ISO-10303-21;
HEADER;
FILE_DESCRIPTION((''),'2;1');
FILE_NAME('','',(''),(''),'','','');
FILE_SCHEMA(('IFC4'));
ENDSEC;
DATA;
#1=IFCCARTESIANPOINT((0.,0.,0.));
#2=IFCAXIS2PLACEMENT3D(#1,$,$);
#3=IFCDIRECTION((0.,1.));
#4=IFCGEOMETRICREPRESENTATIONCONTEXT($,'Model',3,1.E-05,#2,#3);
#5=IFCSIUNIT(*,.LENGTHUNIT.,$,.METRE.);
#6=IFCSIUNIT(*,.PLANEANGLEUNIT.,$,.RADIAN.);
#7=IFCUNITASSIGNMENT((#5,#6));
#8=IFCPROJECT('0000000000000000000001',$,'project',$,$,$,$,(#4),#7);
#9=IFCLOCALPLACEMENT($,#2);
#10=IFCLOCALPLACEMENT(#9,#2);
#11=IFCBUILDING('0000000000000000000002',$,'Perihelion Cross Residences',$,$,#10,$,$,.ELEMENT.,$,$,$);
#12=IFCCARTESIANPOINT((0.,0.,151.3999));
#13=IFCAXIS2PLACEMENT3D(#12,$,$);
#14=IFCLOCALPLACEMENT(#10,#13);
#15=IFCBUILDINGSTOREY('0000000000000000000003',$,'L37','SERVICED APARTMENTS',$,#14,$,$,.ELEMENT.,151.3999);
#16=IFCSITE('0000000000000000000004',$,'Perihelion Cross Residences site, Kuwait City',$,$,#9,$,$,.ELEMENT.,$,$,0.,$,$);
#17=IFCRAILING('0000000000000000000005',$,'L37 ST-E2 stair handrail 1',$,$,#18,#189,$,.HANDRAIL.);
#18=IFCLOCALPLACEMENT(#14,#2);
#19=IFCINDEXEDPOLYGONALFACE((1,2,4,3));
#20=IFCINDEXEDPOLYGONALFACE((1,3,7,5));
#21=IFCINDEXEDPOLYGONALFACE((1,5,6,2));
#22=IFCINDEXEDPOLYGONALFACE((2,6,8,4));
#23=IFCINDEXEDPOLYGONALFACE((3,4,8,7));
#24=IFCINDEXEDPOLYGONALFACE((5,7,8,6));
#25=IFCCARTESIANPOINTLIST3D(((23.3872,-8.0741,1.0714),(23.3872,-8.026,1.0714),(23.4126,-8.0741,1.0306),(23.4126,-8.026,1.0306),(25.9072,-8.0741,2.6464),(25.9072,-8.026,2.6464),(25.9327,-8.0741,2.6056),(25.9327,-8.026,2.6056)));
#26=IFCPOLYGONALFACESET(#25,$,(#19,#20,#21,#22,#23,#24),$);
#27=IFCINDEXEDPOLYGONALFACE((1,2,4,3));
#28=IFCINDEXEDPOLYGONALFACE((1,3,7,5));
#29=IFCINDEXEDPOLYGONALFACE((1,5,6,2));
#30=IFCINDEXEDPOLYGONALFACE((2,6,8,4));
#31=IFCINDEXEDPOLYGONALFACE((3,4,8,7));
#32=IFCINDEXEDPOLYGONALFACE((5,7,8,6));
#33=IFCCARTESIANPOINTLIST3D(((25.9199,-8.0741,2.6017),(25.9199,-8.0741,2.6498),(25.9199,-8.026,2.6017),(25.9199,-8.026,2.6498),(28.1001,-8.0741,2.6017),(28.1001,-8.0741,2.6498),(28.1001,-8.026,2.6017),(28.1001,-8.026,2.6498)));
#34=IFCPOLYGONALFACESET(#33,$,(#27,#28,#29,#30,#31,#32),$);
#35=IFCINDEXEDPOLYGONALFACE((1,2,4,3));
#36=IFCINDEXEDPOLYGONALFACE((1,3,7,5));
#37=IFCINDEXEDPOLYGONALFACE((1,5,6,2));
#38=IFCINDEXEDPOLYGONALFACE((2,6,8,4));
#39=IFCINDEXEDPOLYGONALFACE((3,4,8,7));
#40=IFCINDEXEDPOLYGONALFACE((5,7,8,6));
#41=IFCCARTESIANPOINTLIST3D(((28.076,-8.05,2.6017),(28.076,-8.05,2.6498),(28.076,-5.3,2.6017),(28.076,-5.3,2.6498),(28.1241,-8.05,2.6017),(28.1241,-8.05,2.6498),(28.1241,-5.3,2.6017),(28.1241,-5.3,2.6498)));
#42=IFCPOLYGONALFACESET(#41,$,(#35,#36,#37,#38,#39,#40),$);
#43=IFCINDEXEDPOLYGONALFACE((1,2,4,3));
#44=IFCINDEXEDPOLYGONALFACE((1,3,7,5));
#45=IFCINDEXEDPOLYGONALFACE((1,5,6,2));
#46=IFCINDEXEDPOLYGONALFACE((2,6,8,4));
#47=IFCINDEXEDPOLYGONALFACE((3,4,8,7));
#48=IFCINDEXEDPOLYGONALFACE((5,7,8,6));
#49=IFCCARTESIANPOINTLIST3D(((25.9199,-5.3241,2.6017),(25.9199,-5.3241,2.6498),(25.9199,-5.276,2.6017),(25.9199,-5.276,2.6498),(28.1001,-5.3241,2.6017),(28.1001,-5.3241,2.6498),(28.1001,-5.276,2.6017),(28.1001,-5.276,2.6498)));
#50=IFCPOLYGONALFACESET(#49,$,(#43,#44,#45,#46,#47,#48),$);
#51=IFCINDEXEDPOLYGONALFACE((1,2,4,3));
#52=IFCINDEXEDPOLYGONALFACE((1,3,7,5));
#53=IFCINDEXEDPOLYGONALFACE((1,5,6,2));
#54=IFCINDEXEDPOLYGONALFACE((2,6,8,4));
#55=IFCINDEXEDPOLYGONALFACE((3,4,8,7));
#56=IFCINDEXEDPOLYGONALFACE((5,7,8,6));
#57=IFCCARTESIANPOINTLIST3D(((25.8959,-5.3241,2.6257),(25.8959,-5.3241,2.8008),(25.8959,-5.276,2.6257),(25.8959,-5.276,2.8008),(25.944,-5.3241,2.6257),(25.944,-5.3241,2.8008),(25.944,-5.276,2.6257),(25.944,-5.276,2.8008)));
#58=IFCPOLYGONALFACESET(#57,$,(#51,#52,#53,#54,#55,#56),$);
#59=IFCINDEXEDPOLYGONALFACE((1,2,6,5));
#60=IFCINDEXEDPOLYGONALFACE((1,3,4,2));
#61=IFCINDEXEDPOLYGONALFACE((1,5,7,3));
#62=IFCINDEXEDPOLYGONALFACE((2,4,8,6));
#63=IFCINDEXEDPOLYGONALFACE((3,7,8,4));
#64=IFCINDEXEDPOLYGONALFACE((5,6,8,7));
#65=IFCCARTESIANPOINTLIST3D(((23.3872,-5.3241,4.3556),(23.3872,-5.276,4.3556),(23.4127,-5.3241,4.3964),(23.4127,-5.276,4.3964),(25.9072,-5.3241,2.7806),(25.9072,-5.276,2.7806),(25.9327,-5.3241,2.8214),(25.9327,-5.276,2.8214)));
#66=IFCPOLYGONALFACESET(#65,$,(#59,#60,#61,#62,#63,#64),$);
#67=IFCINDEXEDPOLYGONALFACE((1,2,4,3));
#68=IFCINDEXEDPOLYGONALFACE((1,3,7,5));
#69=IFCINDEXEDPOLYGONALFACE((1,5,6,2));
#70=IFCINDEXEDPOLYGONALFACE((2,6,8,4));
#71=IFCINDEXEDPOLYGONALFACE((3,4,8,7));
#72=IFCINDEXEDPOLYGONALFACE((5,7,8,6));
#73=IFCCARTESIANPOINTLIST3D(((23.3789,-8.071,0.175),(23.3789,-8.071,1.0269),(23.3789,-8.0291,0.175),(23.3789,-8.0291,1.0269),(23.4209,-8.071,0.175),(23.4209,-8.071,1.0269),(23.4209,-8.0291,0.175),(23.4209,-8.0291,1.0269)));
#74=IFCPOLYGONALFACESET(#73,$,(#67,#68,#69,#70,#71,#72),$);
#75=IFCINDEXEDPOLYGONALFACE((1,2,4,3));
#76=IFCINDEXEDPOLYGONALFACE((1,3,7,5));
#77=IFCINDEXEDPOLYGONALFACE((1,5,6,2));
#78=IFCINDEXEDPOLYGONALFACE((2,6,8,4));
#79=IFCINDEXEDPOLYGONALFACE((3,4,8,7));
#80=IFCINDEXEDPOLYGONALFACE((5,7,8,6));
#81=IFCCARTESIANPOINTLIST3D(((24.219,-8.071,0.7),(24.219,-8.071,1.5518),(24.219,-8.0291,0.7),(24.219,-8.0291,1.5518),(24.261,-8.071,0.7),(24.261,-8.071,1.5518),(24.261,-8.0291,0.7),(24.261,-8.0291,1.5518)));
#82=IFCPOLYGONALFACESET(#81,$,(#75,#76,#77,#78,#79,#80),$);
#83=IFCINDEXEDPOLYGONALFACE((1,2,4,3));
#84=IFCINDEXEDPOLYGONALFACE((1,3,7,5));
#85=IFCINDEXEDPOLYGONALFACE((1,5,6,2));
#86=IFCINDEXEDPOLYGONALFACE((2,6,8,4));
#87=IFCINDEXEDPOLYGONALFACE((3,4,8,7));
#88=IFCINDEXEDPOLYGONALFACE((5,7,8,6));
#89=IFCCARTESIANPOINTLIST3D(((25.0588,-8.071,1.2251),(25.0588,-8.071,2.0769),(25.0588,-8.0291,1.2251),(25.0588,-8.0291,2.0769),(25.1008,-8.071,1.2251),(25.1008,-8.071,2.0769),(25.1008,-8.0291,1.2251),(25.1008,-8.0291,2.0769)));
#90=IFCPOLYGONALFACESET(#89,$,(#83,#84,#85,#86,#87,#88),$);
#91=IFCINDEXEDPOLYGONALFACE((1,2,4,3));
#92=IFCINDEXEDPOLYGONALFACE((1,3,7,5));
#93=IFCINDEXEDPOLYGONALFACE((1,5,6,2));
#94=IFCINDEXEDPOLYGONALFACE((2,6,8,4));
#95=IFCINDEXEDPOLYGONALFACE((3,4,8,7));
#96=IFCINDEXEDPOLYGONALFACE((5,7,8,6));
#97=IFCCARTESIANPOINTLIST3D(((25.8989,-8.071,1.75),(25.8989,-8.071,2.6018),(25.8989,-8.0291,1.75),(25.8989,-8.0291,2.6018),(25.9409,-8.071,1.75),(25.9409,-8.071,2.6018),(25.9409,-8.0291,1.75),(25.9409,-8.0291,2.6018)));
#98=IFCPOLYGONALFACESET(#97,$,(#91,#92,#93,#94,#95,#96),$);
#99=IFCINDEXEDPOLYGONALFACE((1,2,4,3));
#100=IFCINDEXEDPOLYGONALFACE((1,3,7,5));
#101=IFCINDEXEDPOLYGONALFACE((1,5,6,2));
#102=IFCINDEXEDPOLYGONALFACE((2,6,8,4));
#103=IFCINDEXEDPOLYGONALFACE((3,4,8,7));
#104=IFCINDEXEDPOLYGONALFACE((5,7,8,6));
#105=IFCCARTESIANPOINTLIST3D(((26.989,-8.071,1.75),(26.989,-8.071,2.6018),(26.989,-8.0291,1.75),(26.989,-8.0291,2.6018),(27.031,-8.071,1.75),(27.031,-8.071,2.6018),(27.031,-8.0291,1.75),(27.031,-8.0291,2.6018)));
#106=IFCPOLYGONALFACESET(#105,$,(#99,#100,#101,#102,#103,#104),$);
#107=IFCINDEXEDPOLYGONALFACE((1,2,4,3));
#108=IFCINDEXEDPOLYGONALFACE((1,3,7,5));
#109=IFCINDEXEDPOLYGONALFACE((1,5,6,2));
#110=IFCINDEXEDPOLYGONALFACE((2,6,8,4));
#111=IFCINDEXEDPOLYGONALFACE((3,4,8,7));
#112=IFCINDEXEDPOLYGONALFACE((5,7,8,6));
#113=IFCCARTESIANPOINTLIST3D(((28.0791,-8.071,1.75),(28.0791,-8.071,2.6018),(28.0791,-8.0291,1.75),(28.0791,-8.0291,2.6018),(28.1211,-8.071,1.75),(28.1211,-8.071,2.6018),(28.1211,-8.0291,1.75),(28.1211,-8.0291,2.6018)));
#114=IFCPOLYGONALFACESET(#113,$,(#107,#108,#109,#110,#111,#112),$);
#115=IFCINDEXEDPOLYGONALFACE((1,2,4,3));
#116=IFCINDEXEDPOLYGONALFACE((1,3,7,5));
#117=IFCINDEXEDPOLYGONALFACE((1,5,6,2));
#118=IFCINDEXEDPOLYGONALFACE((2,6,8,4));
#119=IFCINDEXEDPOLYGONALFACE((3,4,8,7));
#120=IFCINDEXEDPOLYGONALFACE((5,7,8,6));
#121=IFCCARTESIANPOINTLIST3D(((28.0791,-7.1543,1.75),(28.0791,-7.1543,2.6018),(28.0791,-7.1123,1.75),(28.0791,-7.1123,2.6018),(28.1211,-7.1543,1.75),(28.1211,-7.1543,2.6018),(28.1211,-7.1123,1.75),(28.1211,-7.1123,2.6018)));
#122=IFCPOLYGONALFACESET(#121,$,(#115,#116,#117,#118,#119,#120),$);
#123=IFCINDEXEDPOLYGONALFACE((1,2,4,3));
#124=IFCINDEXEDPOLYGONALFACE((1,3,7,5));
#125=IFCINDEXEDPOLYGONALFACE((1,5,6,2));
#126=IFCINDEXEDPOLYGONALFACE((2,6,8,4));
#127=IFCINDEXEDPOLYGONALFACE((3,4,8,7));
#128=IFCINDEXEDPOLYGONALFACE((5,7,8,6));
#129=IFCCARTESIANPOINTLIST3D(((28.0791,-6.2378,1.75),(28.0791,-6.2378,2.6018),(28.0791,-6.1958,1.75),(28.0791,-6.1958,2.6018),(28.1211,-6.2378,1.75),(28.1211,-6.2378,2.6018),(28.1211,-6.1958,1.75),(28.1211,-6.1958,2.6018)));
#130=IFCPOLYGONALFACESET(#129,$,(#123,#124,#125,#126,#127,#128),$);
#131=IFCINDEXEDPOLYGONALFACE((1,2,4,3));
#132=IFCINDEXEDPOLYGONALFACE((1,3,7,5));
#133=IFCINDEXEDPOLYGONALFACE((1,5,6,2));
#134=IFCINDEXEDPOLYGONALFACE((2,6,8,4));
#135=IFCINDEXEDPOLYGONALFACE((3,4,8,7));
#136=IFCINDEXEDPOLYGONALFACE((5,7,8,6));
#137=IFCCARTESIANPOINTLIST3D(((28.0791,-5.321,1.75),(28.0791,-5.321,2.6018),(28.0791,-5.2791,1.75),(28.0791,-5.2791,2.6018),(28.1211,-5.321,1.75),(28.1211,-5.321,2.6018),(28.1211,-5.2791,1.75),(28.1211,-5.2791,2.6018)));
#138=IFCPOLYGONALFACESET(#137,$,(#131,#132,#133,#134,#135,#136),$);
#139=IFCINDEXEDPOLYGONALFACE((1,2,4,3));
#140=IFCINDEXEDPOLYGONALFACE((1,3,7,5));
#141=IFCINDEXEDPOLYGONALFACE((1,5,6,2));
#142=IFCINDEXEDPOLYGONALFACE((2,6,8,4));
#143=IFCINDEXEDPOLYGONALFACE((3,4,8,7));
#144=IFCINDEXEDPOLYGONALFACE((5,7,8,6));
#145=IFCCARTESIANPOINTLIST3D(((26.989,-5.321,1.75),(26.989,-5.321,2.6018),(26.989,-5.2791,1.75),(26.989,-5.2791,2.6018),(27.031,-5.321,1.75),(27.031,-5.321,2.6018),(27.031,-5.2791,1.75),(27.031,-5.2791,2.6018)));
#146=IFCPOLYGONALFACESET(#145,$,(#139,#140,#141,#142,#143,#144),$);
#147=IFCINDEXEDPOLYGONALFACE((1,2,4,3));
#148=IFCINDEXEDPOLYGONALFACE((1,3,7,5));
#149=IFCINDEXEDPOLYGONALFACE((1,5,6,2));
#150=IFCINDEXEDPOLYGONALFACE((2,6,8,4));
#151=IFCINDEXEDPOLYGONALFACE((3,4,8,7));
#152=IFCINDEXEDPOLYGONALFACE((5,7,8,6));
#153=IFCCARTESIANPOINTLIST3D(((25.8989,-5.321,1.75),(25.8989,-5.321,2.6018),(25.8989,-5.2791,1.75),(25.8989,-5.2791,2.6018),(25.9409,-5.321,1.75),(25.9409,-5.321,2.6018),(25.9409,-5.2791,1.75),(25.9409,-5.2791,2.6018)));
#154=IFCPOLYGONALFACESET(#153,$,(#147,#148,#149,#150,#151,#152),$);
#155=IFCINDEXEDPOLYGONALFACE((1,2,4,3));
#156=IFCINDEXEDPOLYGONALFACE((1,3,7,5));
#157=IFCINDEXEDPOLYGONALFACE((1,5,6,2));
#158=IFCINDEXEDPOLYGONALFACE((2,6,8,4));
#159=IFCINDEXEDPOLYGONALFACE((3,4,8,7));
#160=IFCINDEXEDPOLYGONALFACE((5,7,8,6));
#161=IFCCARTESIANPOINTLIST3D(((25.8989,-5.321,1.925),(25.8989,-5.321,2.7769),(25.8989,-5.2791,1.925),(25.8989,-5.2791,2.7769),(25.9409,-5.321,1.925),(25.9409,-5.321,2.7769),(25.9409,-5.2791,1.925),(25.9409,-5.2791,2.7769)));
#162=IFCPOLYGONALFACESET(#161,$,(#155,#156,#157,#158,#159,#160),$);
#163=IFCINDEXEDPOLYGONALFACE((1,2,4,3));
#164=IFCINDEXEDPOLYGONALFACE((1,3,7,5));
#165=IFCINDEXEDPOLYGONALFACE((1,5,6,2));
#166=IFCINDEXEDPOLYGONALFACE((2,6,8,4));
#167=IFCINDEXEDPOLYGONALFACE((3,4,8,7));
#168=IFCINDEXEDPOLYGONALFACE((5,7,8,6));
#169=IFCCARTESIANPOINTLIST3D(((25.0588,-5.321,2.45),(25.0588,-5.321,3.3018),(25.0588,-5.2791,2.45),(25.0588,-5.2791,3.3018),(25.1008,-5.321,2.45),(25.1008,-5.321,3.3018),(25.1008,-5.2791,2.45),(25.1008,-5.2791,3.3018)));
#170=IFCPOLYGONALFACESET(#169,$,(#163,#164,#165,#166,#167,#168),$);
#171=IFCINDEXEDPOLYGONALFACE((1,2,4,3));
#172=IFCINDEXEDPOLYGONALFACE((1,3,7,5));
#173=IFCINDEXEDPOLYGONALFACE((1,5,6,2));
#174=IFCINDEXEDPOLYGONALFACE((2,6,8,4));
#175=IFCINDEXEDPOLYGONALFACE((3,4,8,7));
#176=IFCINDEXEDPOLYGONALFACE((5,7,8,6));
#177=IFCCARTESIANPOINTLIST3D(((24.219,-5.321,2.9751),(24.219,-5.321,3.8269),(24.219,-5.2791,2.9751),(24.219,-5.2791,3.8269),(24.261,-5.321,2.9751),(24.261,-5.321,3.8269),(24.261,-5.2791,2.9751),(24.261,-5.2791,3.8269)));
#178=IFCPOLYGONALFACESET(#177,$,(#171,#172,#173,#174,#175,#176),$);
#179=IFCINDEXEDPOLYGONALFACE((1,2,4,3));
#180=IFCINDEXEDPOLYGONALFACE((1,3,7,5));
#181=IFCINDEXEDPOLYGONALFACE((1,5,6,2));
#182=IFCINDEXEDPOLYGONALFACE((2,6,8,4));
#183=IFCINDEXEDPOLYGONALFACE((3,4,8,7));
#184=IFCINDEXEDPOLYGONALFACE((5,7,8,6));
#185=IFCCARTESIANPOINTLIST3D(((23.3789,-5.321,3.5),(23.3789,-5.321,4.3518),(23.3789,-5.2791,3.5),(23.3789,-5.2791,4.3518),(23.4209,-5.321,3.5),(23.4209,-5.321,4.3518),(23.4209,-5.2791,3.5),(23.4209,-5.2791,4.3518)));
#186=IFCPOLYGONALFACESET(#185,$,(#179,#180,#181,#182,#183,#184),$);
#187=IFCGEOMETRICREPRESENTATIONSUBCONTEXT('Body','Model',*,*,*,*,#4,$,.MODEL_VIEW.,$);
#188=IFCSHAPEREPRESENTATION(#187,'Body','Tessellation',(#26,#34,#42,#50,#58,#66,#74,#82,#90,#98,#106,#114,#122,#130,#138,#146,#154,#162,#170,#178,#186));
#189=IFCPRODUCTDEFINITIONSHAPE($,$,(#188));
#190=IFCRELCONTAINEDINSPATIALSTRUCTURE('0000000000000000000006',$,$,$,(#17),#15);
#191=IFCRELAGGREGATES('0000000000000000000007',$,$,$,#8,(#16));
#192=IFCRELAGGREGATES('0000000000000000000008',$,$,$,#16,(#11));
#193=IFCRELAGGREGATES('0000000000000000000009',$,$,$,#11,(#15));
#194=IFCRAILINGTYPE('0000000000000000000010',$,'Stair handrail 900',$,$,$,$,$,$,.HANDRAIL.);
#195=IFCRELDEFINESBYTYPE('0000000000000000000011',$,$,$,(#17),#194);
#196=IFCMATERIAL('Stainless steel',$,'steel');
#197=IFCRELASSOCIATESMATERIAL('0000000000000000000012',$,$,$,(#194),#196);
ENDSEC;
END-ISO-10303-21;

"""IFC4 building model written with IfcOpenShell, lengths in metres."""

from ifc_helpers import new_model, si_unit, direction, frame, origin, origin_2d, place, context, subcontext, project, spatial, rectangle, extrude, material, type_object, element, save


model = new_model("IFC4")

# Units and contexts
model_context = context("Model", 3, precision=1e-05, world=origin(), true_north=direction((0.0, 1.0)))
body_context = subcontext(model_context, "Body", "Model", "MODEL_VIEW")
ifc_project = project(units=[si_unit("LENGTHUNIT", "METRE"), si_unit("PLANEANGLEUNIT", "RADIAN")], contexts=[model_context])

# Site, building, storey
site_placement = place(None, origin())
site = spatial("IfcSite", under=ifc_project, at=site_placement, Name="Perihelion Cross Residences site, Kuwait City", CompositionType="ELEMENT", RefElevation=0.0)
building_placement = place(site_placement, origin())
building = spatial("IfcBuilding", under=site, at=building_placement, Name="Perihelion Cross Residences", CompositionType="ELEMENT")
storey_placement = place(building_placement, frame((0.0, 0.0, 151.3999)))
storey = spatial("IfcBuildingStorey", under=building, at=storey_placement, Name="L37", Description="SERVICED APARTMENTS", CompositionType="ELEMENT", Elevation=151.3999)

# Railing
ifc_material_1 = material(Name="Stainless steel", Category="steel")
railing_type_1 = type_object("IfcRailingType", Name="Stair handrail 900", PredefinedType="HANDRAIL", material=ifc_material_1)
railing_1_placement = place(storey_placement, frame((23.3999, -8.05, 0.175)))
element("IfcRailing", 1, at=railing_1_placement, inside=storey, type_object=railing_type_1, Name="L37 ST-E2 stair handrail 1", PredefinedType="HANDRAIL", context=body_context, shape_type="SweptSolid", body=[
    extrude(rectangle(XDim=0.0481, YDim=0.0481, at=origin_2d()), frame((0.0, 0.0, 0.876), z_axis=(0.848008, 0.0, 0.529984), x_axis=(0.0, 1.0, 0.0)), (0.0, 0.0, 1.0), 2.9717),
    extrude(rectangle(XDim=0.0481, YDim=0.0481, at=origin_2d()), frame((2.52, 0.0, 2.4507), z_axis=(1.0, 0.0, 0.0), x_axis=(0.0, 1.0, 0.0)), (0.0, 0.0, 1.0), 2.1802),
    extrude(rectangle(XDim=0.0481, YDim=0.0481, at=origin_2d()), frame((4.7002, 0.0, 2.4507), z_axis=(0.0, 1.0, 0.0), x_axis=(-1.0, 0.0, 0.0)), (0.0, 0.0, 1.0), 2.75),
    extrude(rectangle(XDim=0.0481, YDim=0.0481, at=origin_2d()), frame((4.7002, 2.75, 2.4507), z_axis=(-1.0, 0.0, 0.0), x_axis=(0.0, -1.0, 0.0)), (0.0, 0.0, 1.0), 2.1802),
    extrude(rectangle(XDim=0.0481, YDim=0.0481, at=origin_2d()), frame((2.52, 2.75, 2.4507), z_axis=(0.0, 0.0, 1.0), x_axis=(1.0, 0.0, 0.0)), (0.0, 0.0, 1.0), 0.175),
    extrude(rectangle(XDim=0.0481, YDim=0.0481, at=origin_2d()), frame((2.52, 2.75, 2.626), z_axis=(-0.848008, 0.0, 0.529984), x_axis=(0.0, -1.0, 0.0)), (0.0, 0.0, 1.0), 2.9717),
    extrude(rectangle(XDim=0.042, YDim=0.042, at=origin_2d()), origin(), (0.0, 0.0, 1.0), 0.8518),
    extrude(rectangle(XDim=0.042, YDim=0.042, at=origin_2d()), frame((0.8401, 0.0, 0.5249)), (0.0, 0.0, 1.0), 0.8518),
    extrude(rectangle(XDim=0.042, YDim=0.042, at=origin_2d()), frame((1.6799, 0.0, 1.05)), (0.0, 0.0, 1.0), 0.8518),
    extrude(rectangle(XDim=0.042, YDim=0.042, at=origin_2d()), frame((2.52, 0.0, 1.575)), (0.0, 0.0, 1.0), 0.8518),
    extrude(rectangle(XDim=0.042, YDim=0.042, at=origin_2d()), frame((3.6101, 0.0, 1.575)), (0.0, 0.0, 1.0), 0.8518),
    extrude(rectangle(XDim=0.042, YDim=0.042, at=origin_2d()), frame((4.7002, 0.0, 1.575)), (0.0, 0.0, 1.0), 0.8518),
    extrude(rectangle(XDim=0.042, YDim=0.042, at=origin_2d()), frame((4.7002, 0.9167, 1.575)), (0.0, 0.0, 1.0), 0.8518),
    extrude(rectangle(XDim=0.042, YDim=0.042, at=origin_2d()), frame((4.7002, 1.8333, 1.575)), (0.0, 0.0, 1.0), 0.8518),
    extrude(rectangle(XDim=0.042, YDim=0.042, at=origin_2d()), frame((4.7002, 2.75, 1.575)), (0.0, 0.0, 1.0), 0.8518),
    extrude(rectangle(XDim=0.042, YDim=0.042, at=origin_2d()), frame((3.6101, 2.75, 1.575)), (0.0, 0.0, 1.0), 0.8518),
    extrude(rectangle(XDim=0.042, YDim=0.042, at=origin_2d()), frame((2.52, 2.75, 1.575)), (0.0, 0.0, 1.0), 0.8518),
    extrude(rectangle(XDim=0.042, YDim=0.042, at=origin_2d()), frame((2.52, 2.75, 1.75)), (0.0, 0.0, 1.0), 0.8518),
    extrude(rectangle(XDim=0.042, YDim=0.042, at=origin_2d()), frame((1.6799, 2.75, 2.2749)), (0.0, 0.0, 1.0), 0.8518),
    extrude(rectangle(XDim=0.042, YDim=0.042, at=origin_2d()), frame((0.8401, 2.75, 2.8)), (0.0, 0.0, 1.0), 0.8518),
    extrude(rectangle(XDim=0.042, YDim=0.042, at=origin_2d()), frame((0.0, 2.75, 3.325)), (0.0, 0.0, 1.0), 0.8518),
])

save(model, "model.ifc")
